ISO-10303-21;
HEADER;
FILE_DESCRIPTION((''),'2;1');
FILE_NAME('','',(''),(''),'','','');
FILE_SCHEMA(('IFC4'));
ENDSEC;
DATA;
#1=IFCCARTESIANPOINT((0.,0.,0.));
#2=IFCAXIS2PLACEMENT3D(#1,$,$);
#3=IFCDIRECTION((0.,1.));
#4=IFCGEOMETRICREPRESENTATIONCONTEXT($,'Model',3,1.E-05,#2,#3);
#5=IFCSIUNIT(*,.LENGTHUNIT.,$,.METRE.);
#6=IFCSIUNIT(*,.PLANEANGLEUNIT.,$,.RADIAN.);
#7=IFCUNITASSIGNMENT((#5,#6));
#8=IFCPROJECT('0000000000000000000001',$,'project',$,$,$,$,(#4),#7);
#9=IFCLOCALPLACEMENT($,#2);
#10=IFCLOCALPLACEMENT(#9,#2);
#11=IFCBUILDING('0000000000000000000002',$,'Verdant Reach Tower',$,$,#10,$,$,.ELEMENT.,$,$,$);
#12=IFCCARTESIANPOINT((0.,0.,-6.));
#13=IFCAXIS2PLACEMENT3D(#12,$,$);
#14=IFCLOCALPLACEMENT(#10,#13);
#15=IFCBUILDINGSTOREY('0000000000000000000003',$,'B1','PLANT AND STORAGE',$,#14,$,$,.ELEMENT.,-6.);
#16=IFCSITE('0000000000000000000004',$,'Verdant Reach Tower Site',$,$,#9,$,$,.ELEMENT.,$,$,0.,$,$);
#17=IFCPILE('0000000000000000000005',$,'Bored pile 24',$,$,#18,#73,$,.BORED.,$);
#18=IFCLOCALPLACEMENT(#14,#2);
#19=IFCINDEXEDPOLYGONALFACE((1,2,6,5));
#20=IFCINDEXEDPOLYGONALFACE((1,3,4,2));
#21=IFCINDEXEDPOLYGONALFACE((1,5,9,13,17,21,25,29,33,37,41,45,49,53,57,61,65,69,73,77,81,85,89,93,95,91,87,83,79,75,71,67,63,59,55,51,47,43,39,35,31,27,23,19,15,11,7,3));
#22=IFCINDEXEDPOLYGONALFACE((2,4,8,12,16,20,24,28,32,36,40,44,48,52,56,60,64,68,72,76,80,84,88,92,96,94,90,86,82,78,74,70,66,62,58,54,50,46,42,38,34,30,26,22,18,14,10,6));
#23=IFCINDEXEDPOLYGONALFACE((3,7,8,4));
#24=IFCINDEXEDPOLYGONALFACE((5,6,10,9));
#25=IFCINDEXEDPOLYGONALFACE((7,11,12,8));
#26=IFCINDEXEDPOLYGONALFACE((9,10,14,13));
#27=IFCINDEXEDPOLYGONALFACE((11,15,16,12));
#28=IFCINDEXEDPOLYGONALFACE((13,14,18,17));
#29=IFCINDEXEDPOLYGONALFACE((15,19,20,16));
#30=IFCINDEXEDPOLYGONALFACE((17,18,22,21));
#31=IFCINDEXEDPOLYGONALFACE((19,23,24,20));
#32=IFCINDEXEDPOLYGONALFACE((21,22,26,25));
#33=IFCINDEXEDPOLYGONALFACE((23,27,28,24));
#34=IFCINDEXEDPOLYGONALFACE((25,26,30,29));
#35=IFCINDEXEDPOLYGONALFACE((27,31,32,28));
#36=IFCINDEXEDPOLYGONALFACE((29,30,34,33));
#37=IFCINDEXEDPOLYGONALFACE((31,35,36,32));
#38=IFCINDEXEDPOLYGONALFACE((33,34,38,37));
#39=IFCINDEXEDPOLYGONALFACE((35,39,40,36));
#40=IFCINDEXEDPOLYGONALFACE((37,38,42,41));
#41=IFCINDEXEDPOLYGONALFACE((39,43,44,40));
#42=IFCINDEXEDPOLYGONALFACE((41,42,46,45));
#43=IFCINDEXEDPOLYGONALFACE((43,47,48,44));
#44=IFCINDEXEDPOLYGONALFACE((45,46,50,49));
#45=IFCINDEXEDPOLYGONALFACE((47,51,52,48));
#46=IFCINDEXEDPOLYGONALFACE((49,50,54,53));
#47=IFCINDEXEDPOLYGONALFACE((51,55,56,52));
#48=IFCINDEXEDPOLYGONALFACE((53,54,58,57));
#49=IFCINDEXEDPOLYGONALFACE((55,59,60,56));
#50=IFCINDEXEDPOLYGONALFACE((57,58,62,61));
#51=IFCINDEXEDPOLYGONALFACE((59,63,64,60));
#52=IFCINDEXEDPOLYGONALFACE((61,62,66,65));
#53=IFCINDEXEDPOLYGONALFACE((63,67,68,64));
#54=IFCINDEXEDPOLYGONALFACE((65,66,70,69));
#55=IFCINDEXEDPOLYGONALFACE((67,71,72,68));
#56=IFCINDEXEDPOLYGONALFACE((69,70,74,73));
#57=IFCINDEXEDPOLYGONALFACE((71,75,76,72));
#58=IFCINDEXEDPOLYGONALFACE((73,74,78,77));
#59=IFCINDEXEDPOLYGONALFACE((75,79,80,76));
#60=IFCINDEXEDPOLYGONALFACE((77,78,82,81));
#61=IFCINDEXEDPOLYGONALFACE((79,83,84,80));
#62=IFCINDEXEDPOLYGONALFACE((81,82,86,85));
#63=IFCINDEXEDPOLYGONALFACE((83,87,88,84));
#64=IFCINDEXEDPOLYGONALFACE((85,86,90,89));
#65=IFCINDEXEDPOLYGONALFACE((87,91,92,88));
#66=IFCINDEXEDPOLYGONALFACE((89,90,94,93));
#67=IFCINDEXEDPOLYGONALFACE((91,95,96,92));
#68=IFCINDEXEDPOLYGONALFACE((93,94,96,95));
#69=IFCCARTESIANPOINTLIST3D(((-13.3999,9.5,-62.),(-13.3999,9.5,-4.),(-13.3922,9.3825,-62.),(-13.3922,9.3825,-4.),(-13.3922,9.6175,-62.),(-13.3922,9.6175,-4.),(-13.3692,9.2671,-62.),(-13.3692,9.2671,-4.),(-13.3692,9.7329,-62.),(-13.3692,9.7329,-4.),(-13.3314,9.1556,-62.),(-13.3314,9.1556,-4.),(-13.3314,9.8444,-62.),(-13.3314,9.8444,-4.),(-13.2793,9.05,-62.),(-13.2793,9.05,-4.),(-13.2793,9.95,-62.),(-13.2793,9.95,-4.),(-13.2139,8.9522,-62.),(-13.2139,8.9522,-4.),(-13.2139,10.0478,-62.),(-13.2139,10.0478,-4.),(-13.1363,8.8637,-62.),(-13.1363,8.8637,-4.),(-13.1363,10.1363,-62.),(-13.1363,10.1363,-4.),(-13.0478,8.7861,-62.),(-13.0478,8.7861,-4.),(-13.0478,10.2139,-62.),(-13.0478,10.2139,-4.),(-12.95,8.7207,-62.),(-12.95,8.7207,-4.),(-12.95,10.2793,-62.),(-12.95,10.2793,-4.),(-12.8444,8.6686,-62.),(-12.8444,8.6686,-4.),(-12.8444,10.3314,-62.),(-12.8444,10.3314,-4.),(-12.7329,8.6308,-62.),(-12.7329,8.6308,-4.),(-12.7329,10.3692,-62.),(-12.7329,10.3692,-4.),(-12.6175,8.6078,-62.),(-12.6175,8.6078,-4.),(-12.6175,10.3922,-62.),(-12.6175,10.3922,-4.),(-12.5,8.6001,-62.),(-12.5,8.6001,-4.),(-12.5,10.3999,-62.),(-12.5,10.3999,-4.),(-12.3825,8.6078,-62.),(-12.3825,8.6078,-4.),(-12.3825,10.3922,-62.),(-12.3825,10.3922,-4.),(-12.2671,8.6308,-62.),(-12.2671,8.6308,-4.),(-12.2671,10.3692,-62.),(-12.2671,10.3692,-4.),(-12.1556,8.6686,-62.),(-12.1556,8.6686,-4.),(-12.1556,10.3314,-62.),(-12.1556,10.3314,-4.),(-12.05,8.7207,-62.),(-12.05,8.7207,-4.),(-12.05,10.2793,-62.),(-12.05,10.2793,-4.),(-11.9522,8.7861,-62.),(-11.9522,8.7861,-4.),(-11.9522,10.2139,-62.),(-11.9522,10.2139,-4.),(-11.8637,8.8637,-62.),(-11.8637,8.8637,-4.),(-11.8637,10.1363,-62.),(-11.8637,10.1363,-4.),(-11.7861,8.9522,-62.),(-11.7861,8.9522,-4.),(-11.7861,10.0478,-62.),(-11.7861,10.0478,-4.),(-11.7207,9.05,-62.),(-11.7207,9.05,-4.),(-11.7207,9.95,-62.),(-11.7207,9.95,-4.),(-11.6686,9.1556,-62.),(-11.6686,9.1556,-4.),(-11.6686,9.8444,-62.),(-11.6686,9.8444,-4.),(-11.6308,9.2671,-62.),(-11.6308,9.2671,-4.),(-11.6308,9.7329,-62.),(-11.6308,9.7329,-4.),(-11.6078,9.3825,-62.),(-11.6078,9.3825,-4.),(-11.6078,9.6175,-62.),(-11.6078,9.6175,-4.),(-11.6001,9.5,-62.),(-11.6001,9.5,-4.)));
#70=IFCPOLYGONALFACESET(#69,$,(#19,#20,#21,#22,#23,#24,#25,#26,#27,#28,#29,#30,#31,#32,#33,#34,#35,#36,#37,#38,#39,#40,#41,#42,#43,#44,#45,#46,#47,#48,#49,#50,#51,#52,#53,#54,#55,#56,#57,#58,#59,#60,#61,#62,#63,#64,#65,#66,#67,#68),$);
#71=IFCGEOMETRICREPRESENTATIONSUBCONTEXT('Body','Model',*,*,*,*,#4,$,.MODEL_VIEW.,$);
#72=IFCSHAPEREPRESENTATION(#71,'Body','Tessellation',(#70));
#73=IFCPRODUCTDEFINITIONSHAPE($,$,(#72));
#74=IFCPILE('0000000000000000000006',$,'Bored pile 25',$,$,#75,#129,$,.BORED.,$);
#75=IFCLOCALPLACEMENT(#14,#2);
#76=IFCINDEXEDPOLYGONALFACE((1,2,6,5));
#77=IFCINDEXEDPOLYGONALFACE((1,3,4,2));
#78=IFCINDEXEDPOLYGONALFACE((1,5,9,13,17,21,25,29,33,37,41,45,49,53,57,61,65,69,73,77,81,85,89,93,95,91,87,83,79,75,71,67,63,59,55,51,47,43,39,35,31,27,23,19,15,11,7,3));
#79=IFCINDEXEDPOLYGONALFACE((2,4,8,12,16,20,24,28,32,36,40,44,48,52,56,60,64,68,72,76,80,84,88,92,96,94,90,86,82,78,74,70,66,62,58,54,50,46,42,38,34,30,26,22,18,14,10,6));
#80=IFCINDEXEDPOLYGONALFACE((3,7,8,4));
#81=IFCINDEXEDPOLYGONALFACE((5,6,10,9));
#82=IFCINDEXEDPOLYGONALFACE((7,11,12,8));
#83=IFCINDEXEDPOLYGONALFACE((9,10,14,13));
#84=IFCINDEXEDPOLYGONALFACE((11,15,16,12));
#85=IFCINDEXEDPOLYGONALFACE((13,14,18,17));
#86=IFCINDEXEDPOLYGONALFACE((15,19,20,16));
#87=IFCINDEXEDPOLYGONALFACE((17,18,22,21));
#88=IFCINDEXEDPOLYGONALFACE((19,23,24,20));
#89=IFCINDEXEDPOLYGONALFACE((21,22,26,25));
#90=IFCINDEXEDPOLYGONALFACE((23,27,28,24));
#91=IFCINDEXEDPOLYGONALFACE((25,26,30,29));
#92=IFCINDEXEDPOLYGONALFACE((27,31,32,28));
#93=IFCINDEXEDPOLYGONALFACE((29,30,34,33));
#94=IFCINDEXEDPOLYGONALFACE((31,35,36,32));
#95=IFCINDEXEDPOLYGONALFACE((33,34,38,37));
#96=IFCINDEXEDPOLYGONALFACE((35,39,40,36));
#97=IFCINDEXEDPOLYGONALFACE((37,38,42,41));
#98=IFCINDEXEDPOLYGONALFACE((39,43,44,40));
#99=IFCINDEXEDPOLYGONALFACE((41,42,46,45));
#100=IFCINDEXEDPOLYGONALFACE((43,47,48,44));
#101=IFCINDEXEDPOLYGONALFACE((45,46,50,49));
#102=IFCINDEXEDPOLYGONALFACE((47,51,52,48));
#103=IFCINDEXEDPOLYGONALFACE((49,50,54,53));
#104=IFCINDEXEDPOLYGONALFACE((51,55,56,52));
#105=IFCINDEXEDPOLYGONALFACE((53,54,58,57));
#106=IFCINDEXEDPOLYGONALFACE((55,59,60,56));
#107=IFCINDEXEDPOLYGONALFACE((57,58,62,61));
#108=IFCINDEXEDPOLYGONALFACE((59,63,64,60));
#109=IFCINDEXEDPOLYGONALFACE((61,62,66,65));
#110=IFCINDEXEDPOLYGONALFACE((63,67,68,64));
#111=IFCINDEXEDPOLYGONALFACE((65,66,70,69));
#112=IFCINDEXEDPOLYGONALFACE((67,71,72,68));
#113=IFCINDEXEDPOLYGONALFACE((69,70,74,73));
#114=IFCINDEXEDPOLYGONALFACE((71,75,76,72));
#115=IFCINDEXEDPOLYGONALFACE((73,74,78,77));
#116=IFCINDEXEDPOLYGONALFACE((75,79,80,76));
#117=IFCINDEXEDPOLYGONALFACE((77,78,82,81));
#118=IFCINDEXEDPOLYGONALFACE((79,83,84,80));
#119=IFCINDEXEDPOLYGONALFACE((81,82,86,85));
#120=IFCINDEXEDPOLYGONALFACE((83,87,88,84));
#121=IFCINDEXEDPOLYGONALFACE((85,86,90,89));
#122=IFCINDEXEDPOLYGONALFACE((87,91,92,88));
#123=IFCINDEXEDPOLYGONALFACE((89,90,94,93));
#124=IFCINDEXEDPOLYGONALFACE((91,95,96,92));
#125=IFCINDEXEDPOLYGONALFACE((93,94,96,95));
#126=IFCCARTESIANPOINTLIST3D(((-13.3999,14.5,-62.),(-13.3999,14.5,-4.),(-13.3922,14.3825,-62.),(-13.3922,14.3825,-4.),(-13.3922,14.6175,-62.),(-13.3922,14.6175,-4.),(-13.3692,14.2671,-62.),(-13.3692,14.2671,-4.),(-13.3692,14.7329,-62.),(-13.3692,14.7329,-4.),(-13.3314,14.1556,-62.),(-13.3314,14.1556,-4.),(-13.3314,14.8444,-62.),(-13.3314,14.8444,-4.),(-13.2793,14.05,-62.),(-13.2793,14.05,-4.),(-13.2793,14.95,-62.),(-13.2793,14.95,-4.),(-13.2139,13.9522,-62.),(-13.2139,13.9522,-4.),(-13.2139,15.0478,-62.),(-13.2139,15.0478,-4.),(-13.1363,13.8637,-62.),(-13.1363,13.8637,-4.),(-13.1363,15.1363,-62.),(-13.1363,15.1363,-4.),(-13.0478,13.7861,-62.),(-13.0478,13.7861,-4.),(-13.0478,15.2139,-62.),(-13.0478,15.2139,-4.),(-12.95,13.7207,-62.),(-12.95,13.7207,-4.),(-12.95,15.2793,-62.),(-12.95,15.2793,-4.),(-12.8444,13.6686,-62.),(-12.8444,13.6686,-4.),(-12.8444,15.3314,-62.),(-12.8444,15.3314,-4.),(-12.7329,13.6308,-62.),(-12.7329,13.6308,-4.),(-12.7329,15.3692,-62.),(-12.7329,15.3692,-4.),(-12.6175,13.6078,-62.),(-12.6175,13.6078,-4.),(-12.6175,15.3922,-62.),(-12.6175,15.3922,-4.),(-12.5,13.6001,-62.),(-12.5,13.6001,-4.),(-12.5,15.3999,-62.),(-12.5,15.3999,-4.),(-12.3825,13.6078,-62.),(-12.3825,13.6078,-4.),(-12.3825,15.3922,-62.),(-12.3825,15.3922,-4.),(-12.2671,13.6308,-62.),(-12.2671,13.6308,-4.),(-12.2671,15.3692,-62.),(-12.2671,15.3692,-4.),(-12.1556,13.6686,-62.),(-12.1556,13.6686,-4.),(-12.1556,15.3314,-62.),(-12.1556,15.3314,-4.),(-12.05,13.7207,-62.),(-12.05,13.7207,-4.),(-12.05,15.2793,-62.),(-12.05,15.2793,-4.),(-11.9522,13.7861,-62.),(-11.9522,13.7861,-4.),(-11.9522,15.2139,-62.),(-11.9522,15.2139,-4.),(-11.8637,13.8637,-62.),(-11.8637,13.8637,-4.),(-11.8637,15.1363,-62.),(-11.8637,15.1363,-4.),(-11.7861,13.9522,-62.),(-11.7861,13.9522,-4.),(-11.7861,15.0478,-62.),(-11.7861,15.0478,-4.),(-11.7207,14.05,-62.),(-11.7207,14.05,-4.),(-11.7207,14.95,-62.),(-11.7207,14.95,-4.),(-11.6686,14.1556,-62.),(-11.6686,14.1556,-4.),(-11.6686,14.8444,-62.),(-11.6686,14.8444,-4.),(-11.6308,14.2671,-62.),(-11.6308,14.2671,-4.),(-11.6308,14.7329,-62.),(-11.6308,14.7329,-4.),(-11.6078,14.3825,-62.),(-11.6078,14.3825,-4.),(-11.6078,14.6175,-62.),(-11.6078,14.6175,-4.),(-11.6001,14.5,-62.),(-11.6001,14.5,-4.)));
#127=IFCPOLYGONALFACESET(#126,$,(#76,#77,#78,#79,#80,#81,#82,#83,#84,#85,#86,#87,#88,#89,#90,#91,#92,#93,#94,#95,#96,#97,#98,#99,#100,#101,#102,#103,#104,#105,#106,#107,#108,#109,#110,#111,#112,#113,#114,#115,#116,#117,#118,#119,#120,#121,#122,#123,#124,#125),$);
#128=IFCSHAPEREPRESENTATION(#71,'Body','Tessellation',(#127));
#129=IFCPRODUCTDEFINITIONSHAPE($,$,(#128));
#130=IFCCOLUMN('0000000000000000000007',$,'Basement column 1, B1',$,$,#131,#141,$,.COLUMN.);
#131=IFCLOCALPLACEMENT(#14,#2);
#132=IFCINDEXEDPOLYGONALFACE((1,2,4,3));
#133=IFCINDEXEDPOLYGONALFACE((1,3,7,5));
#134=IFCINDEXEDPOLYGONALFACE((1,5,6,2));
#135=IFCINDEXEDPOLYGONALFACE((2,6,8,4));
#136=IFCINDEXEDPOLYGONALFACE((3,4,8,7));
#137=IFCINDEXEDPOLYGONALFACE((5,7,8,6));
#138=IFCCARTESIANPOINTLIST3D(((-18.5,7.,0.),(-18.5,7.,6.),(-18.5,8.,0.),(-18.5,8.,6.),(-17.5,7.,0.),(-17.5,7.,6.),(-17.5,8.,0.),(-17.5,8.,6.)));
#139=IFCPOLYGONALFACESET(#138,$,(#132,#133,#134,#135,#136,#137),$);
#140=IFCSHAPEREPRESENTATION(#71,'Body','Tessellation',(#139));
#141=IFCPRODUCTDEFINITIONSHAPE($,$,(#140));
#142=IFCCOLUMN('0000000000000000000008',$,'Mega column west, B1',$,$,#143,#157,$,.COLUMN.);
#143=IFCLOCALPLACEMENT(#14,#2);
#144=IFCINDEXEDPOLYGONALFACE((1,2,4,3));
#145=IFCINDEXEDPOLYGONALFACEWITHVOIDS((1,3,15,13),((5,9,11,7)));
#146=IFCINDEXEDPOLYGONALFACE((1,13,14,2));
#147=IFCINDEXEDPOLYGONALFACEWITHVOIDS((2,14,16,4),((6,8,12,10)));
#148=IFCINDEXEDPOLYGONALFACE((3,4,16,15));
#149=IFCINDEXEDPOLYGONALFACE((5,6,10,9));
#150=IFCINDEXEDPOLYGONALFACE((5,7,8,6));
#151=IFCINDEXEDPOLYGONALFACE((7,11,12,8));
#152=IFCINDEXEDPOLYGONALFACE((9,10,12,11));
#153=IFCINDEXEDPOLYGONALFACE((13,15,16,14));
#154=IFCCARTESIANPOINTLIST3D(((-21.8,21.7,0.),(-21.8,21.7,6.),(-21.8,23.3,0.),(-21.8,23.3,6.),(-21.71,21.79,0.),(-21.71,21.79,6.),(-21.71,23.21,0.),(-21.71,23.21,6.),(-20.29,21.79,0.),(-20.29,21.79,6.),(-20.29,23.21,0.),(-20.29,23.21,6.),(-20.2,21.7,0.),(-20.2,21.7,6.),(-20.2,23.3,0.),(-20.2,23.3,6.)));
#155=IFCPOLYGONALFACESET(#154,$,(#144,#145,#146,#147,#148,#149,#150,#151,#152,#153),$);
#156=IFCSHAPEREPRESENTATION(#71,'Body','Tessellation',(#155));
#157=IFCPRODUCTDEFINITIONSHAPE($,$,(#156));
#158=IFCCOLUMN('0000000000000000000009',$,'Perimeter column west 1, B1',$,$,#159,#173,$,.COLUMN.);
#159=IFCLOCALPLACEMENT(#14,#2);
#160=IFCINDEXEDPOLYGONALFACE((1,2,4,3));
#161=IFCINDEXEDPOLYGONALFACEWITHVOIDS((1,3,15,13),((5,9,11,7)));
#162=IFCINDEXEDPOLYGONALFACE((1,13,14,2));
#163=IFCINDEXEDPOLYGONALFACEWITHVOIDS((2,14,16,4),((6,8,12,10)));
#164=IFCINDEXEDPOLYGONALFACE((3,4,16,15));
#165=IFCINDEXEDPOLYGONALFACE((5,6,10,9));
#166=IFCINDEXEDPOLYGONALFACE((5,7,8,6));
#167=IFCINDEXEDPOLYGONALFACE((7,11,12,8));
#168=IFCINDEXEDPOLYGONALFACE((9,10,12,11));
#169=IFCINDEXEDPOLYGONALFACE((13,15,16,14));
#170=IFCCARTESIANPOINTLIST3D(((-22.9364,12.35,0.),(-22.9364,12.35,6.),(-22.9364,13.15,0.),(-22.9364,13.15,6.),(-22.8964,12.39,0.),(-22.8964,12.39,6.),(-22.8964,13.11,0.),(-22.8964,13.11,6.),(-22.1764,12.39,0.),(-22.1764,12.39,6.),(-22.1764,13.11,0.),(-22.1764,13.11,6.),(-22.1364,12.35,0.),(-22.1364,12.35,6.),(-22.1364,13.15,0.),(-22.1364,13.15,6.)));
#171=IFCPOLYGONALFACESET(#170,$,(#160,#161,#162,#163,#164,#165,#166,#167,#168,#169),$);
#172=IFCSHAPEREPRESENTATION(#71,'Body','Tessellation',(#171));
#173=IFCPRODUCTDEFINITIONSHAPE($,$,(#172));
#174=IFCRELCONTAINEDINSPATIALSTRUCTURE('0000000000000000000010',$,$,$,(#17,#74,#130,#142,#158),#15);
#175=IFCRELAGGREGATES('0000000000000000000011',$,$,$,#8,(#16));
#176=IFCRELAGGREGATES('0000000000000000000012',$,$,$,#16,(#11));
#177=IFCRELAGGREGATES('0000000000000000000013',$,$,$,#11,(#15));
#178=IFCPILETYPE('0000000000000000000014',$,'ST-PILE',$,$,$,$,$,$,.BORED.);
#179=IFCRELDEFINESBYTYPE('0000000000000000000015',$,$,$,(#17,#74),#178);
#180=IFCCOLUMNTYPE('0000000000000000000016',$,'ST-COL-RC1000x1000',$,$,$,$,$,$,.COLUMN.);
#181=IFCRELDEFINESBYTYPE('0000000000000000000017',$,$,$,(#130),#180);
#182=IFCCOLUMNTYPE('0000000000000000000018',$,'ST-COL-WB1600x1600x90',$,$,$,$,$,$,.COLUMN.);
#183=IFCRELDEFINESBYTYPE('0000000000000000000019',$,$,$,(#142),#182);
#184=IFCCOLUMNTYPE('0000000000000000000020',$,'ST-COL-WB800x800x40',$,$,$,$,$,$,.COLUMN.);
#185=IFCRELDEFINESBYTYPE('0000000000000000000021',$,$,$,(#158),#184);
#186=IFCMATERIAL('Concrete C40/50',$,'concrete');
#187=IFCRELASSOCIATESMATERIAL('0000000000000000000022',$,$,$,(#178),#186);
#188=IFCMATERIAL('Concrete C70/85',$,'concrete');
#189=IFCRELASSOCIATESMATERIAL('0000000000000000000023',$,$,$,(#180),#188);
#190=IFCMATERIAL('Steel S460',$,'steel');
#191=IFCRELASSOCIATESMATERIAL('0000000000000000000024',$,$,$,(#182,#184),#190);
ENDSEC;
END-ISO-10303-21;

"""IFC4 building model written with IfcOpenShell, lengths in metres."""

from ifc_helpers import new_model, si_unit, direction, frame, origin, origin_2d, place, context, subcontext, project, spatial, rectangle, hollow_rectangle, circle, extrude, material, material_profile, profile_set, type_object, element, save


model = new_model("IFC4")

# Units and contexts
model_context = context("Model", 3, precision=1e-05, world=origin(), true_north=direction((0.0, 1.0)))
body_context = subcontext(model_context, "Body", "Model", "MODEL_VIEW")
ifc_project = project(units=[si_unit("LENGTHUNIT", "METRE"), si_unit("PLANEANGLEUNIT", "RADIAN")], contexts=[model_context])

# Site, building, storey
site_placement = place(None, origin())
site = spatial("IfcSite", under=ifc_project, at=site_placement, Name="Verdant Reach Tower Site", CompositionType="ELEMENT", RefElevation=0.0)
building_placement = place(site_placement, origin())
building = spatial("IfcBuilding", under=site, at=building_placement, Name="Verdant Reach Tower", CompositionType="ELEMENT")
storey_placement = place(building_placement, frame((0.0, 0.0, -6.0)))
storey = spatial("IfcBuildingStorey", under=building, at=storey_placement, Name="B1", Description="PLANT AND STORAGE", CompositionType="ELEMENT", Elevation=-6.0)

# Piles
ifc_material_1 = material(Name="Concrete C40/50", Category="concrete")
ifc_material_profile_1 = material_profile(ifc_material_1, circle(Radius=0.8999, at=origin_2d()), Name="BP 1800")
ifc_profile_set_1 = profile_set([ifc_material_profile_1], Name="Concrete C40/50")
pile_type = type_object("IfcPileType", Name="ST-PILE", PredefinedType="BORED", material=ifc_profile_set_1)
for number, where, z_axis, x_axis, name in (
    (1, (-12.5, 9.5, -4.0), (0.0, 0.0, -1.0), (1.0, 0.0, 0.0), "Bored pile 24"),
    (2, (-12.5, 14.5, -4.0), (0.0, 0.0, -1.0), (1.0, 0.0, 0.0), "Bored pile 25"),
):
    element("IfcPile", number, at=place(storey_placement, frame(where, z_axis=z_axis, x_axis=x_axis)), inside=storey, type_object=pile_type, Name=name, PredefinedType="BORED", context=body_context, shape_type="SweptSolid", body=[
        extrude(circle(Radius=0.8999, at=origin_2d()), origin(), (0.0, 0.0, 1.0), 58.0),
    ])

# Columns
ifc_material_2 = material(Name="Concrete C70/85", Category="concrete")
ifc_material_profile_2 = material_profile(ifc_material_2, rectangle(XDim=1.0, YDim=1.0, at=origin_2d()), Name="RC 1000x1000")
ifc_profile_set_2 = profile_set([ifc_material_profile_2], Name="Concrete C70/85")
column_type_1 = type_object("IfcColumnType", Name="ST-COL-RC1000x1000", PredefinedType="COLUMN", material=ifc_profile_set_2)
column_1_placement = place(storey_placement, frame((-18.0, 7.5, 0.0), z_axis=(0.0, 0.0, 1.0), x_axis=(1.0, 0.0, 0.0)))
element("IfcColumn", 3, at=column_1_placement, inside=storey, type_object=column_type_1, Name="Basement column 1, B1", PredefinedType="COLUMN", context=body_context, shape_type="SweptSolid", body=[
    extrude(rectangle(XDim=1.0, YDim=1.0, at=origin_2d()), origin(), (0.0, 0.0, 1.0), 6.0),
])
ifc_material_3 = material(Name="Steel S460", Category="steel")
ifc_material_profile_3 = material_profile(ifc_material_3, hollow_rectangle(XDim=1.6001, YDim=1.6001, WallThickness=0.0901, at=origin_2d()), Name="WB 1600x1600x90")
ifc_profile_set_3 = profile_set([ifc_material_profile_3], Name="Steel S460")
column_type_2 = type_object("IfcColumnType", Name="ST-COL-WB1600x1600x90", PredefinedType="COLUMN", material=ifc_profile_set_3)
column_2_placement = place(storey_placement, frame((-21.0, 22.5, 0.0), z_axis=(0.0, 0.0, 1.0), x_axis=(1.0, 0.0, 0.0)))
element("IfcColumn", 4, at=column_2_placement, inside=storey, type_object=column_type_2, Name="Mega column west, B1", PredefinedType="COLUMN", context=body_context, shape_type="SweptSolid", body=[
    extrude(hollow_rectangle(XDim=1.6001, YDim=1.6001, WallThickness=0.0901, at=origin_2d()), origin(), (0.0, 0.0, 1.0), 6.0),
])
ifc_material_profile_4 = material_profile(ifc_material_3, hollow_rectangle(XDim=0.8, YDim=0.8, WallThickness=0.04, at=origin_2d()), Name="WB 800x800x40")
ifc_profile_set_4 = profile_set([ifc_material_profile_4], Name="Steel S460")
column_type_3 = type_object("IfcColumnType", Name="ST-COL-WB800x800x40", PredefinedType="COLUMN", material=ifc_profile_set_4)
column_3_placement = place(storey_placement, frame((-22.5364, 12.75, 0.0), z_axis=(0.0, 0.0, 1.0), x_axis=(1.0, 0.0, 0.0)))
element("IfcColumn", 5, at=column_3_placement, inside=storey, type_object=column_type_3, Name="Perimeter column west 1, B1", PredefinedType="COLUMN", context=body_context, shape_type="SweptSolid", body=[
    extrude(hollow_rectangle(XDim=0.8, YDim=0.8, WallThickness=0.04, at=origin_2d()), origin(), (0.0, 0.0, 1.0), 6.0),
])

save(model, "model.ifc")
